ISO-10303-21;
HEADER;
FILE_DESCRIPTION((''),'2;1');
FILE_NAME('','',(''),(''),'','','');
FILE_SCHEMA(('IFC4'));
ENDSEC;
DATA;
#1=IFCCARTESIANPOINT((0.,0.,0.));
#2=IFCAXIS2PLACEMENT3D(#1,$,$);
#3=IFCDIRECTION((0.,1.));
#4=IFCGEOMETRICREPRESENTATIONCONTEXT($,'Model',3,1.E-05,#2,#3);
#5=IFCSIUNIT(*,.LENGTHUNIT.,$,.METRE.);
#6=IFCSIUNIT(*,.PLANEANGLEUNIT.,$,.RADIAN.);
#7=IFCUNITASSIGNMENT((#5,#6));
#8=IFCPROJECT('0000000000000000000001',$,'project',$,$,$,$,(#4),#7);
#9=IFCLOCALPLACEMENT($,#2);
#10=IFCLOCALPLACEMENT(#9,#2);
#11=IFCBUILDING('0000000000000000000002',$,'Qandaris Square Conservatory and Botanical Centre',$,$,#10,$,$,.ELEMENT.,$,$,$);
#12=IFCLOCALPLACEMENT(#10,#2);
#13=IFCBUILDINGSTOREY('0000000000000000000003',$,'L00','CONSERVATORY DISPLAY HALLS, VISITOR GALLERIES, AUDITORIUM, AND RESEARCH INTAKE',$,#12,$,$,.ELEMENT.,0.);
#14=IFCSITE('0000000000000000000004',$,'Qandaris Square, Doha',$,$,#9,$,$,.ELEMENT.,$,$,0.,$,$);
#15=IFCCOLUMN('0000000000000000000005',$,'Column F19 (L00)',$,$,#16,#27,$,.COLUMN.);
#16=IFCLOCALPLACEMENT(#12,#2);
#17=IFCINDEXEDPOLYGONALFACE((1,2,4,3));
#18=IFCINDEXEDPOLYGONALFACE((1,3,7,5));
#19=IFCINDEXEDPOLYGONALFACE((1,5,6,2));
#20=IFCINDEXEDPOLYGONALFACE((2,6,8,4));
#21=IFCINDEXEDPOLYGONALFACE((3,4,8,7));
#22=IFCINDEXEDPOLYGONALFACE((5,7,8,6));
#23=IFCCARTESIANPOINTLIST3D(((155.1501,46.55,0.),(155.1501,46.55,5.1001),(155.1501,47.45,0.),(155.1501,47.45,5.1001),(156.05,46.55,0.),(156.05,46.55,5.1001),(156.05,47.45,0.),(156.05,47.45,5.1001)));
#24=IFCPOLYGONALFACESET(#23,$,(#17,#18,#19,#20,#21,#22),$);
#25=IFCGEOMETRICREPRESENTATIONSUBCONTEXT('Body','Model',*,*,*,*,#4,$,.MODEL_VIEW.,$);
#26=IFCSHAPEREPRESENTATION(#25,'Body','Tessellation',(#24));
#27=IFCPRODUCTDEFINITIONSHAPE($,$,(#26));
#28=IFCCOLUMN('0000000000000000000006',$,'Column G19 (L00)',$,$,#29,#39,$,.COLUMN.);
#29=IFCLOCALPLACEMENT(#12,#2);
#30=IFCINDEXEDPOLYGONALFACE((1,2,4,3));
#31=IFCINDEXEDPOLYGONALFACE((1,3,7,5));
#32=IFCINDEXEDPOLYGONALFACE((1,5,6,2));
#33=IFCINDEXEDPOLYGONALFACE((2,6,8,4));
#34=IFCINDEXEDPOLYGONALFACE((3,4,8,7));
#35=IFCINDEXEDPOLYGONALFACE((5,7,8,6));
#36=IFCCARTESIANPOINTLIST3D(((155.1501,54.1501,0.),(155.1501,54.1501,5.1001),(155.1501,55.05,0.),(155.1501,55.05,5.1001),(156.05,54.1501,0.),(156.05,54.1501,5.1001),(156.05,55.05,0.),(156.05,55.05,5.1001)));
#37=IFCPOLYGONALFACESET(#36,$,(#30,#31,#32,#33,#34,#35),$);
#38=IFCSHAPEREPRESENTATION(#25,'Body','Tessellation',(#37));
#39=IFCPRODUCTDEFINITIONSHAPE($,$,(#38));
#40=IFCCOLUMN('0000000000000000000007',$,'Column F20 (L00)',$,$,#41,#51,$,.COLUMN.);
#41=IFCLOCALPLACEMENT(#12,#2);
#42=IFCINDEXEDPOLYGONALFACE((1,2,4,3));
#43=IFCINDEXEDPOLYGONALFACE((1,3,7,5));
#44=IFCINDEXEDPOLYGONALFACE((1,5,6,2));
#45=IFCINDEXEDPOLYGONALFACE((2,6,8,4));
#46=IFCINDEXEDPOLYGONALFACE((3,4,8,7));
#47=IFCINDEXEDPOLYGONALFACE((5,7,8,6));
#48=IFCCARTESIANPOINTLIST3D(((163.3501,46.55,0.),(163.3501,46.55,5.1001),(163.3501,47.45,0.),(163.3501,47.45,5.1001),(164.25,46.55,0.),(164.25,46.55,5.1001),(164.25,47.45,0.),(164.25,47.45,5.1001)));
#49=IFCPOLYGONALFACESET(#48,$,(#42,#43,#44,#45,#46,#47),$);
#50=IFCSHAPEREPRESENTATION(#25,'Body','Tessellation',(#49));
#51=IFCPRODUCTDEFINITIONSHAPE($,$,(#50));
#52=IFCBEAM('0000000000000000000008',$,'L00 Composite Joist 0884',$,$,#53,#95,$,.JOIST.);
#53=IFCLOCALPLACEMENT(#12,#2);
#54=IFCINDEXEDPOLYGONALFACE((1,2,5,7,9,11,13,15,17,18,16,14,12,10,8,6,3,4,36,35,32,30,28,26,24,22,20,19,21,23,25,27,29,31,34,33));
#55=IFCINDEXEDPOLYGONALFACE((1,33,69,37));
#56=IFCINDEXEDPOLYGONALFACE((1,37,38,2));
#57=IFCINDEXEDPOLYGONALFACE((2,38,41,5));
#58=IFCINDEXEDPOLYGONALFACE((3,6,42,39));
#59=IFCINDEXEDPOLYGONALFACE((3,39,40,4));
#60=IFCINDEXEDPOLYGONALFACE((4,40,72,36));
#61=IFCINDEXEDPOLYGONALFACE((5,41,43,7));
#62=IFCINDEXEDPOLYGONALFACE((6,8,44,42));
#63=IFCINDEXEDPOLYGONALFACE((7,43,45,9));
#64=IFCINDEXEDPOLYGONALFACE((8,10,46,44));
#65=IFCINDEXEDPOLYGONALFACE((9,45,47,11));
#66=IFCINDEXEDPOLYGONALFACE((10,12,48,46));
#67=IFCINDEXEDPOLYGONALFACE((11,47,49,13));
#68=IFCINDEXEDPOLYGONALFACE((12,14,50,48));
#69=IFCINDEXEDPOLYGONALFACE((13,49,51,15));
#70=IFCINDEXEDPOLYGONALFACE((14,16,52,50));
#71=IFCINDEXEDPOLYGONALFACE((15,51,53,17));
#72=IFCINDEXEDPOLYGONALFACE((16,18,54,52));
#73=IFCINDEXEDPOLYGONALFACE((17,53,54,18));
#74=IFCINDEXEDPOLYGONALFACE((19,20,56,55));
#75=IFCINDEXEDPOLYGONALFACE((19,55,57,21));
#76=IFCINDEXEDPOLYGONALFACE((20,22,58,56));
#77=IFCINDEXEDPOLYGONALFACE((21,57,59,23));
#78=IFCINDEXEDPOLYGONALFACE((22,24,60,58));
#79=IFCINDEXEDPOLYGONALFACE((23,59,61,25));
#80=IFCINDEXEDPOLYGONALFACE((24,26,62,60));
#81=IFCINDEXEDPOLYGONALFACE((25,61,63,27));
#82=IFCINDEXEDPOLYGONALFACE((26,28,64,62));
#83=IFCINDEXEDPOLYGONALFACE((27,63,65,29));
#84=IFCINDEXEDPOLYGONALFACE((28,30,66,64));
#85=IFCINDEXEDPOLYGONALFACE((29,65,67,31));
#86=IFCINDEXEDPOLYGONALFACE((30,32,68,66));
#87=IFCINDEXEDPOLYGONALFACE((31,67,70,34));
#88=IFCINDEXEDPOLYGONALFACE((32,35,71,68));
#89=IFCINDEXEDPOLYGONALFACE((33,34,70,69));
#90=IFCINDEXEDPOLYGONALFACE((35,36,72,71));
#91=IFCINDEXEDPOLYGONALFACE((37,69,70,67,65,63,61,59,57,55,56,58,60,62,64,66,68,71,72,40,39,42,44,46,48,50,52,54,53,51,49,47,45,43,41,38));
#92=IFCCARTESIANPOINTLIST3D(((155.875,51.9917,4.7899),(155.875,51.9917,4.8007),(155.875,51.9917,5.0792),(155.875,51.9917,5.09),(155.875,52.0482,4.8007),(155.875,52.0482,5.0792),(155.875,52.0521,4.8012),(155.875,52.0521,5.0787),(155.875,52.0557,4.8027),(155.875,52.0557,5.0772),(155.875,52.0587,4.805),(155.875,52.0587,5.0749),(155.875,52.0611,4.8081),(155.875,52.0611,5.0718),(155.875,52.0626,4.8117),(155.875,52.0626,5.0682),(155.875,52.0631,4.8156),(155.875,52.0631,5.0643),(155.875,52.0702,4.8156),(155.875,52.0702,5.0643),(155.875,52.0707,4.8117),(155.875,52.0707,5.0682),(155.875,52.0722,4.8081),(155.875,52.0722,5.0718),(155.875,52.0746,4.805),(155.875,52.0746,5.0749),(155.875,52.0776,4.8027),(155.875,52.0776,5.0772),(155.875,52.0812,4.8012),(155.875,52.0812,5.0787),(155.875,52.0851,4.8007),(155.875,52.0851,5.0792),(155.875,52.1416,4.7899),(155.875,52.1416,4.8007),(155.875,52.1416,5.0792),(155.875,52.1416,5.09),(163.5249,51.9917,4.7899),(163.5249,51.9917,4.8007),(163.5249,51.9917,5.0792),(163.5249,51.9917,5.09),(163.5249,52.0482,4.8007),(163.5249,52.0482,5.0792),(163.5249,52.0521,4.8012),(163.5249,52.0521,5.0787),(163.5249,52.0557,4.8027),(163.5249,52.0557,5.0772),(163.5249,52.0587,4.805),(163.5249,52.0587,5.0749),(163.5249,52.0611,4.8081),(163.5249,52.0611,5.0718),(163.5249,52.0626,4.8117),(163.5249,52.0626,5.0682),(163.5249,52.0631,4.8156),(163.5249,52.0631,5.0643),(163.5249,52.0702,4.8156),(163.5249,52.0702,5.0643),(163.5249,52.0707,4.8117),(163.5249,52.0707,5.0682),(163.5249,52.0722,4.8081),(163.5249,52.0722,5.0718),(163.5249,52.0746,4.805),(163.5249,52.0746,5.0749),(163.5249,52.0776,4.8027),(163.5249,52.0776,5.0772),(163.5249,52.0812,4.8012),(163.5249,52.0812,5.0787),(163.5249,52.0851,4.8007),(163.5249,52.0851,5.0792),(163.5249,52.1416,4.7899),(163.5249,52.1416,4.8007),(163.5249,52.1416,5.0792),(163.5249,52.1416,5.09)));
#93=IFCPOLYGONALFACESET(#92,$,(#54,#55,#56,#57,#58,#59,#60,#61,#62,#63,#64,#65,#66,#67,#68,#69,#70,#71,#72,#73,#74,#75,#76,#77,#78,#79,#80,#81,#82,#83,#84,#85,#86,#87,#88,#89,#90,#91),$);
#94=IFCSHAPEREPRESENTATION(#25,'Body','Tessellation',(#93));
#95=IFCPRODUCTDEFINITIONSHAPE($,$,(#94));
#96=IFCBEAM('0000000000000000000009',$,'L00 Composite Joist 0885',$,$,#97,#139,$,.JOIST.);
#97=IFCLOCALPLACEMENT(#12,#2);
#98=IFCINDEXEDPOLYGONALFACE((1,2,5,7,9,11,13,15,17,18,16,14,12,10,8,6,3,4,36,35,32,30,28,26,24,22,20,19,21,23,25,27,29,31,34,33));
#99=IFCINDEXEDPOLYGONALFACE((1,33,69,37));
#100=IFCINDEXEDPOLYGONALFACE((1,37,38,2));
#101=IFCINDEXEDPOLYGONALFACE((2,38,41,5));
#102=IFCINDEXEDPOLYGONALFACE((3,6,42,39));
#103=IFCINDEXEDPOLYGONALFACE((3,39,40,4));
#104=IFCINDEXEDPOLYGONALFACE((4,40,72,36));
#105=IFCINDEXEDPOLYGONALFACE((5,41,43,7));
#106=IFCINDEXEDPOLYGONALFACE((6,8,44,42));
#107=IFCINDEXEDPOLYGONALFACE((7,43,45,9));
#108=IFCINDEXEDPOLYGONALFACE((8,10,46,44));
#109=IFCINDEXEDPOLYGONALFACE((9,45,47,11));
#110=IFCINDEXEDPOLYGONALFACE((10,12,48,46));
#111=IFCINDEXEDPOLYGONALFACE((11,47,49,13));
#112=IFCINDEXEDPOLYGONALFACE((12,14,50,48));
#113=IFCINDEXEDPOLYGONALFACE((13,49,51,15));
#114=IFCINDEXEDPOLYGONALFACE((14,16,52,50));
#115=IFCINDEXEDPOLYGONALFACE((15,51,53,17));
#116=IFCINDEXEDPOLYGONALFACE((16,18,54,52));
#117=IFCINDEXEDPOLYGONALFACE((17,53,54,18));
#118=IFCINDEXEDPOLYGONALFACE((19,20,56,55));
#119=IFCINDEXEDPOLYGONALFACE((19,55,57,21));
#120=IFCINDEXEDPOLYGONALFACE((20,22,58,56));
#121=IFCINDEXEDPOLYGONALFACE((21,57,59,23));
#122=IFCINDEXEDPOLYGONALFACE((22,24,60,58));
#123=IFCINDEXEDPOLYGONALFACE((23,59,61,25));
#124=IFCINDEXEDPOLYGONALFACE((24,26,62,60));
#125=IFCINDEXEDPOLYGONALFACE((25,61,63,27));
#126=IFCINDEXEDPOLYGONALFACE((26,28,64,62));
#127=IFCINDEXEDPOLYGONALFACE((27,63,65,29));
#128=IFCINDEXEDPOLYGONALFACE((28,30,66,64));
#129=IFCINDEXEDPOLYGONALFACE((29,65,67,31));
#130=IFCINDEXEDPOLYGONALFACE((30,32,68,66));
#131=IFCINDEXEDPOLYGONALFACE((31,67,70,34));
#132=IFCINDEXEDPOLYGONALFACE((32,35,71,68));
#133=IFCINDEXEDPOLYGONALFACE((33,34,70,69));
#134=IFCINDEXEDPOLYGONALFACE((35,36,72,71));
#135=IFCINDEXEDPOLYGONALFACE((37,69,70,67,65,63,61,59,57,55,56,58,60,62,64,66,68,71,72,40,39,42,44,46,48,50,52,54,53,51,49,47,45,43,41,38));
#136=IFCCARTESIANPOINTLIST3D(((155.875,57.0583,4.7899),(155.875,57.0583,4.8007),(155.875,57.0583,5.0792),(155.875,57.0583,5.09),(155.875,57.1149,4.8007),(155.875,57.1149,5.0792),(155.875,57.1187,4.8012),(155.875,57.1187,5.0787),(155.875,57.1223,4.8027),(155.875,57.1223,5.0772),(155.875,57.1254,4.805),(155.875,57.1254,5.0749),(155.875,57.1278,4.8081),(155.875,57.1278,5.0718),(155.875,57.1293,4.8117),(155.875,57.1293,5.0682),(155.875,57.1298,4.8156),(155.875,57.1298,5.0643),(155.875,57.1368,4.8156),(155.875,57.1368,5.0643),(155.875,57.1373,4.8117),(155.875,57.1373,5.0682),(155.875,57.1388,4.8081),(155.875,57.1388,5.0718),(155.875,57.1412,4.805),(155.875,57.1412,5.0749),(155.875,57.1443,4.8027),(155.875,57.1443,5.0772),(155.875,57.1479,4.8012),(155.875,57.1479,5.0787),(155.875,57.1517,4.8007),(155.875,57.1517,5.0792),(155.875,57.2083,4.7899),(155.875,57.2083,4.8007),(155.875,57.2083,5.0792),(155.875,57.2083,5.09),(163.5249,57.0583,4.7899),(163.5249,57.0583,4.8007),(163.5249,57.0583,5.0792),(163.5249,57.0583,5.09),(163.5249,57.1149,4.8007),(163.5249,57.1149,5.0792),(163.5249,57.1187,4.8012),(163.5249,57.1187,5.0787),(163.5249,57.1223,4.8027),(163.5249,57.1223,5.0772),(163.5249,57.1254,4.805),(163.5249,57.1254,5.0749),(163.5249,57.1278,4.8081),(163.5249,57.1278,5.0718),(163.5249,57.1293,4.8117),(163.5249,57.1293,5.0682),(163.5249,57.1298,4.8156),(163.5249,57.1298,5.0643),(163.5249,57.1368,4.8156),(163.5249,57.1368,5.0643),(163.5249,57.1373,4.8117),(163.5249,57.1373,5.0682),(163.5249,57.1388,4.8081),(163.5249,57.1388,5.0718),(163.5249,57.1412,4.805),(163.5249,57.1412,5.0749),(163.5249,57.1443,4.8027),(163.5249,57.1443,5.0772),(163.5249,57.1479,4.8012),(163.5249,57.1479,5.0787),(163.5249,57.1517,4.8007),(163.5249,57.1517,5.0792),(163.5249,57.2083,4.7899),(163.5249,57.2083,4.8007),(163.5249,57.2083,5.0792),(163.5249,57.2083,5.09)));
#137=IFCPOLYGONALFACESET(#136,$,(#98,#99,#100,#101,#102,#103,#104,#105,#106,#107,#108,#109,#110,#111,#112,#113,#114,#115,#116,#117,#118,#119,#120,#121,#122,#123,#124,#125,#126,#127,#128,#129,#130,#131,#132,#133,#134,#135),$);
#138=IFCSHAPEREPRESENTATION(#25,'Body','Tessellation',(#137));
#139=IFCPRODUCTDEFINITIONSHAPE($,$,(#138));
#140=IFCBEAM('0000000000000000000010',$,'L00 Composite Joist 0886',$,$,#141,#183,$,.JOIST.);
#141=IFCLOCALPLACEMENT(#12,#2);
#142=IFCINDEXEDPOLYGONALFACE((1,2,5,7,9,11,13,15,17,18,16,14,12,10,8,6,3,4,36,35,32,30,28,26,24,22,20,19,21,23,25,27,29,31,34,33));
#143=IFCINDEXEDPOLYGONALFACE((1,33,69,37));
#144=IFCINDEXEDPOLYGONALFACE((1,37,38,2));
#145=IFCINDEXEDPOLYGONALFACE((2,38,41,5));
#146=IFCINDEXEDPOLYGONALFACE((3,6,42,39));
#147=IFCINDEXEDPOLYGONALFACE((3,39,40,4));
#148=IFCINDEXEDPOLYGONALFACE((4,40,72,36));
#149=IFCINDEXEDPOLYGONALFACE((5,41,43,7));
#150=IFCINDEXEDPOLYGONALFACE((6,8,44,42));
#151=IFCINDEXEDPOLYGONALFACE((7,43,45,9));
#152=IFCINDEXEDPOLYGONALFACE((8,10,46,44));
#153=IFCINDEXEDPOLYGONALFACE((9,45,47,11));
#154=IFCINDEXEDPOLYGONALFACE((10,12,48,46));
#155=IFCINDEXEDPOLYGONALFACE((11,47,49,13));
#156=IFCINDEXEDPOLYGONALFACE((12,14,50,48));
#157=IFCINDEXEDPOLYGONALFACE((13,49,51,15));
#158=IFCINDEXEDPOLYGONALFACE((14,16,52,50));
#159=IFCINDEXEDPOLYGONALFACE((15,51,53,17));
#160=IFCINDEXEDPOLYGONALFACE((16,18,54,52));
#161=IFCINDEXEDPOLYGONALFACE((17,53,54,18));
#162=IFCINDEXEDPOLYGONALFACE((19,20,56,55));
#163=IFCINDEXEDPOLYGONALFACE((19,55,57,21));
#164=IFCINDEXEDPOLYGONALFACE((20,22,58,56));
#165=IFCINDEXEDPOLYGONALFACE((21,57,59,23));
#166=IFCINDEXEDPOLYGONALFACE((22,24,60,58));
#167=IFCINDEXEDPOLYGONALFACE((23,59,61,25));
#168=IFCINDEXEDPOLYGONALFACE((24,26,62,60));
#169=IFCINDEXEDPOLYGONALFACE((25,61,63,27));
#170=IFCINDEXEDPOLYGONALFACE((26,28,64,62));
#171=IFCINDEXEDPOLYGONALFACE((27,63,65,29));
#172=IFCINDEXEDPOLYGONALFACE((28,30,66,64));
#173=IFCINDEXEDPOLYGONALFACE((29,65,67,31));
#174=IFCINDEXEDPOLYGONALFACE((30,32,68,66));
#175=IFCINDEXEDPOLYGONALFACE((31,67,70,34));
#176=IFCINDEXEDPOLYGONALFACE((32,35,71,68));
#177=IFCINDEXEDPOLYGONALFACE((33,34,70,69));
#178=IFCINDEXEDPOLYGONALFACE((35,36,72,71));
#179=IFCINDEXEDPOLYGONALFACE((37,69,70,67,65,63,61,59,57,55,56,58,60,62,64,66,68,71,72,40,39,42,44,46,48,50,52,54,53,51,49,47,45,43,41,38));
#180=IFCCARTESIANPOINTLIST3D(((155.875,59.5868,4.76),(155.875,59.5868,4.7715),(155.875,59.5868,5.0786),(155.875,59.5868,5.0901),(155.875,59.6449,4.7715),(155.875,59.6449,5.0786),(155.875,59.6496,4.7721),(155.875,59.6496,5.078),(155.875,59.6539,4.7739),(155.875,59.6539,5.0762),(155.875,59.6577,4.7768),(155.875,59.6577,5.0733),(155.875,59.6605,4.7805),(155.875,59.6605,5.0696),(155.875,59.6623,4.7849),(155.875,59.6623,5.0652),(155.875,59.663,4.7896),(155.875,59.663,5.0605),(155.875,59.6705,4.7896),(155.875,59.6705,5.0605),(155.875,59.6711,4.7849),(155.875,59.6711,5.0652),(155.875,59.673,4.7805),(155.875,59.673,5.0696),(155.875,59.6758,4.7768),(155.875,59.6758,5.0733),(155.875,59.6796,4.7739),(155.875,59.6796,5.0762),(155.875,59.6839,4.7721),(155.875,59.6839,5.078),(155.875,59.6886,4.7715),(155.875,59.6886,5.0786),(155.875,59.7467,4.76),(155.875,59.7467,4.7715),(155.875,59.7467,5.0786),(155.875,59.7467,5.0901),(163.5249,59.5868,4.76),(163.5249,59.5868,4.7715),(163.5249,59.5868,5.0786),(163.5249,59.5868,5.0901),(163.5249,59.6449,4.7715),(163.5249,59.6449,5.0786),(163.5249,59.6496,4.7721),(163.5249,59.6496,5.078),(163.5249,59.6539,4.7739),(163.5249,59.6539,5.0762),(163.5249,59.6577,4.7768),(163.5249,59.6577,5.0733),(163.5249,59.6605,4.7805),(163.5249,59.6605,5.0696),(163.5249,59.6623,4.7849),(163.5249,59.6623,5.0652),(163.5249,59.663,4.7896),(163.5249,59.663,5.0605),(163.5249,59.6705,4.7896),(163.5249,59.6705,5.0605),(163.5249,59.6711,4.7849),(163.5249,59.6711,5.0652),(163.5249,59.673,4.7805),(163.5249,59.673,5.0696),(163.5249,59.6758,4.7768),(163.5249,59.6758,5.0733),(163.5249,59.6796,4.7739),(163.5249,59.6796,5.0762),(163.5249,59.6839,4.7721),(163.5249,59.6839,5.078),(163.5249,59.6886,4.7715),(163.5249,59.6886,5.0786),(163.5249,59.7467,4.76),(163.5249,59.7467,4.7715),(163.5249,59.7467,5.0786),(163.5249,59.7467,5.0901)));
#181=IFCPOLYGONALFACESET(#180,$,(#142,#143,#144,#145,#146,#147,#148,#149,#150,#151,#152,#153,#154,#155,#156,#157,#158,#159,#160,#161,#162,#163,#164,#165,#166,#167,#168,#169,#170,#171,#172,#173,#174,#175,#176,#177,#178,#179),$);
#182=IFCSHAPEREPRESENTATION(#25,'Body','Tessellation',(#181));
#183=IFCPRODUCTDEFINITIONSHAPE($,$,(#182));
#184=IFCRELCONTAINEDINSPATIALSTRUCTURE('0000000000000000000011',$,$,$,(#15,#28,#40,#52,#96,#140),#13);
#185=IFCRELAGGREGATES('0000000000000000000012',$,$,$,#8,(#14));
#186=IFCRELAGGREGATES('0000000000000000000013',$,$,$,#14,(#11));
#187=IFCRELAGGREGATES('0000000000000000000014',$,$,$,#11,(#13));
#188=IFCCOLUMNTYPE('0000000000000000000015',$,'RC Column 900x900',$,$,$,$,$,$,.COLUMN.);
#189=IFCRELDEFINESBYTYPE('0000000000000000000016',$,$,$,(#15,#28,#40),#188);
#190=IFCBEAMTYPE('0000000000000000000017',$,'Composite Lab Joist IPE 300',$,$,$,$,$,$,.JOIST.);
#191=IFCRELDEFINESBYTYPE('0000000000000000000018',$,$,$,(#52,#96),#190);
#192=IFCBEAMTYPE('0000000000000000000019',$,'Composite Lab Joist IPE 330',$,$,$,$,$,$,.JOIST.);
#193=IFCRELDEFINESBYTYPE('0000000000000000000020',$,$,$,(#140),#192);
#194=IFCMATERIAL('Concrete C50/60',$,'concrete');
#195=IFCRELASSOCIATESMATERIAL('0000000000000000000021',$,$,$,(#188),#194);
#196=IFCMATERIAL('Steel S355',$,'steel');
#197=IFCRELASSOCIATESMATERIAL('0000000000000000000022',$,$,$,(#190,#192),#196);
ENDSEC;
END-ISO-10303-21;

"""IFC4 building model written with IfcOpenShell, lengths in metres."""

from ifc_helpers import new_model, si_unit, direction, frame, origin, origin_2d, place, context, subcontext, project, spatial, rectangle, i_section, extrude, material, material_profile, profile_set, type_object, element, save


model = new_model("IFC4")

# Units and contexts
model_context = context("Model", 3, precision=1e-05, world=origin(), true_north=direction((0.0, 1.0)))
body_context = subcontext(model_context, "Body", "Model", "MODEL_VIEW")
ifc_project = project(units=[si_unit("LENGTHUNIT", "METRE"), si_unit("PLANEANGLEUNIT", "RADIAN")], contexts=[model_context])

# Site, building, storey
site_placement = place(None, origin())
site = spatial("IfcSite", under=ifc_project, at=site_placement, Name="Qandaris Square, Doha", CompositionType="ELEMENT", RefElevation=0.0)
building_placement = place(site_placement, origin())
building = spatial("IfcBuilding", under=site, at=building_placement, Name="Qandaris Square Conservatory and Botanical Centre", CompositionType="ELEMENT")
storey_placement = place(building_placement, origin())
storey = spatial("IfcBuildingStorey", under=building, at=storey_placement, Name="L00", Description="CONSERVATORY DISPLAY HALLS, VISITOR GALLERIES, AUDITORIUM, AND RESEARCH INTAKE", CompositionType="ELEMENT", Elevation=0.0)

# Columns
ifc_material_1 = material(Name="Concrete C50/60", Category="concrete")
ifc_material_profile_1 = material_profile(ifc_material_1, rectangle(XDim=0.8999, YDim=0.8999, at=origin_2d()), Name="RC-COL 900x900")
ifc_profile_set_1 = profile_set([ifc_material_profile_1], Name="Concrete C50/60")
column_type = type_object("IfcColumnType", Name="RC Column 900x900", PredefinedType="COLUMN", material=ifc_profile_set_1)
for number, where, z_axis, x_axis, name in (
    (1, (155.6001, 47.0, 0.0), (0.0, 0.0, 1.0), (1.0, 0.0, 0.0), "Column F19 (L00)"),
    (2, (155.6001, 54.6001, 0.0), (0.0, 0.0, 1.0), (1.0, 0.0, 0.0), "Column G19 (L00)"),
    (3, (163.8, 47.0, 0.0), (0.0, 0.0, 1.0), (1.0, 0.0, 0.0), "Column F20 (L00)"),
):
    element("IfcColumn", number, at=place(storey_placement, frame(where, z_axis=z_axis, x_axis=x_axis)), inside=storey, type_object=column_type, Name=name, PredefinedType="COLUMN", context=body_context, shape_type="SweptSolid", body=[
        extrude(rectangle(XDim=0.8999, YDim=0.8999, at=origin_2d()), origin(), (0.0, 0.0, 1.0), 5.1001),
    ])

# Beams
ifc_material_2 = material(Name="Steel S355", Category="steel")
ifc_material_profile_2 = material_profile(ifc_material_2, i_section(OverallWidth=0.1499, OverallDepth=0.3, WebThickness=0.0071, FlangeThickness=0.0107, FilletRadius=0.0149, at=origin_2d()), Name="IPE 300")
ifc_profile_set_2 = profile_set([ifc_material_profile_2], Name="Steel S355")
beam_type_1 = type_object("IfcBeamType", Name="Composite Lab Joist IPE 300", PredefinedType="JOIST", material=ifc_profile_set_2)
for number, where, z_axis, x_axis, name in (
    (4, (155.875, 52.0667, 4.9399), (1.0, 0.0, 0.0), (0.0, 1.0, 0.0), "L00 Composite Joist 0884"),
    (5, (155.875, 57.1333, 4.9399), (1.0, 0.0, 0.0), (0.0, 1.0, 0.0), "L00 Composite Joist 0885"),
):
    element("IfcBeam", number, at=place(storey_placement, frame(where, z_axis=z_axis, x_axis=x_axis)), inside=storey, type_object=beam_type_1, Name=name, PredefinedType="JOIST", context=body_context, shape_type="SweptSolid", body=[
        extrude(i_section(OverallWidth=0.1499, OverallDepth=0.3, WebThickness=0.0071, FlangeThickness=0.0107, FilletRadius=0.0149, at=origin_2d()), origin(), (0.0, 0.0, 1.0), 7.6499),
    ])
ifc_material_profile_3 = material_profile(ifc_material_2, i_section(OverallWidth=0.1599, OverallDepth=0.3301, WebThickness=0.0076, FlangeThickness=0.0115, FilletRadius=0.0181, at=origin_2d()), Name="IPE 330")
ifc_profile_set_3 = profile_set([ifc_material_profile_3], Name="Steel S355")
beam_type_2 = type_object("IfcBeamType", Name="Composite Lab Joist IPE 330", PredefinedType="JOIST", material=ifc_profile_set_3)
beam_1_placement = place(storey_placement, frame((155.875, 59.6667, 4.925), z_axis=(1.0, 0.0, 0.0), x_axis=(0.0, 1.0, 0.0)))
element("IfcBeam", 6, at=beam_1_placement, inside=storey, type_object=beam_type_2, Name="L00 Composite Joist 0886", PredefinedType="JOIST", context=body_context, shape_type="SweptSolid", body=[
    extrude(i_section(OverallWidth=0.1599, OverallDepth=0.3301, WebThickness=0.0076, FlangeThickness=0.0115, FilletRadius=0.0181, at=origin_2d()), origin(), (0.0, 0.0, 1.0), 7.6499),
])

save(model, "model.ifc")
